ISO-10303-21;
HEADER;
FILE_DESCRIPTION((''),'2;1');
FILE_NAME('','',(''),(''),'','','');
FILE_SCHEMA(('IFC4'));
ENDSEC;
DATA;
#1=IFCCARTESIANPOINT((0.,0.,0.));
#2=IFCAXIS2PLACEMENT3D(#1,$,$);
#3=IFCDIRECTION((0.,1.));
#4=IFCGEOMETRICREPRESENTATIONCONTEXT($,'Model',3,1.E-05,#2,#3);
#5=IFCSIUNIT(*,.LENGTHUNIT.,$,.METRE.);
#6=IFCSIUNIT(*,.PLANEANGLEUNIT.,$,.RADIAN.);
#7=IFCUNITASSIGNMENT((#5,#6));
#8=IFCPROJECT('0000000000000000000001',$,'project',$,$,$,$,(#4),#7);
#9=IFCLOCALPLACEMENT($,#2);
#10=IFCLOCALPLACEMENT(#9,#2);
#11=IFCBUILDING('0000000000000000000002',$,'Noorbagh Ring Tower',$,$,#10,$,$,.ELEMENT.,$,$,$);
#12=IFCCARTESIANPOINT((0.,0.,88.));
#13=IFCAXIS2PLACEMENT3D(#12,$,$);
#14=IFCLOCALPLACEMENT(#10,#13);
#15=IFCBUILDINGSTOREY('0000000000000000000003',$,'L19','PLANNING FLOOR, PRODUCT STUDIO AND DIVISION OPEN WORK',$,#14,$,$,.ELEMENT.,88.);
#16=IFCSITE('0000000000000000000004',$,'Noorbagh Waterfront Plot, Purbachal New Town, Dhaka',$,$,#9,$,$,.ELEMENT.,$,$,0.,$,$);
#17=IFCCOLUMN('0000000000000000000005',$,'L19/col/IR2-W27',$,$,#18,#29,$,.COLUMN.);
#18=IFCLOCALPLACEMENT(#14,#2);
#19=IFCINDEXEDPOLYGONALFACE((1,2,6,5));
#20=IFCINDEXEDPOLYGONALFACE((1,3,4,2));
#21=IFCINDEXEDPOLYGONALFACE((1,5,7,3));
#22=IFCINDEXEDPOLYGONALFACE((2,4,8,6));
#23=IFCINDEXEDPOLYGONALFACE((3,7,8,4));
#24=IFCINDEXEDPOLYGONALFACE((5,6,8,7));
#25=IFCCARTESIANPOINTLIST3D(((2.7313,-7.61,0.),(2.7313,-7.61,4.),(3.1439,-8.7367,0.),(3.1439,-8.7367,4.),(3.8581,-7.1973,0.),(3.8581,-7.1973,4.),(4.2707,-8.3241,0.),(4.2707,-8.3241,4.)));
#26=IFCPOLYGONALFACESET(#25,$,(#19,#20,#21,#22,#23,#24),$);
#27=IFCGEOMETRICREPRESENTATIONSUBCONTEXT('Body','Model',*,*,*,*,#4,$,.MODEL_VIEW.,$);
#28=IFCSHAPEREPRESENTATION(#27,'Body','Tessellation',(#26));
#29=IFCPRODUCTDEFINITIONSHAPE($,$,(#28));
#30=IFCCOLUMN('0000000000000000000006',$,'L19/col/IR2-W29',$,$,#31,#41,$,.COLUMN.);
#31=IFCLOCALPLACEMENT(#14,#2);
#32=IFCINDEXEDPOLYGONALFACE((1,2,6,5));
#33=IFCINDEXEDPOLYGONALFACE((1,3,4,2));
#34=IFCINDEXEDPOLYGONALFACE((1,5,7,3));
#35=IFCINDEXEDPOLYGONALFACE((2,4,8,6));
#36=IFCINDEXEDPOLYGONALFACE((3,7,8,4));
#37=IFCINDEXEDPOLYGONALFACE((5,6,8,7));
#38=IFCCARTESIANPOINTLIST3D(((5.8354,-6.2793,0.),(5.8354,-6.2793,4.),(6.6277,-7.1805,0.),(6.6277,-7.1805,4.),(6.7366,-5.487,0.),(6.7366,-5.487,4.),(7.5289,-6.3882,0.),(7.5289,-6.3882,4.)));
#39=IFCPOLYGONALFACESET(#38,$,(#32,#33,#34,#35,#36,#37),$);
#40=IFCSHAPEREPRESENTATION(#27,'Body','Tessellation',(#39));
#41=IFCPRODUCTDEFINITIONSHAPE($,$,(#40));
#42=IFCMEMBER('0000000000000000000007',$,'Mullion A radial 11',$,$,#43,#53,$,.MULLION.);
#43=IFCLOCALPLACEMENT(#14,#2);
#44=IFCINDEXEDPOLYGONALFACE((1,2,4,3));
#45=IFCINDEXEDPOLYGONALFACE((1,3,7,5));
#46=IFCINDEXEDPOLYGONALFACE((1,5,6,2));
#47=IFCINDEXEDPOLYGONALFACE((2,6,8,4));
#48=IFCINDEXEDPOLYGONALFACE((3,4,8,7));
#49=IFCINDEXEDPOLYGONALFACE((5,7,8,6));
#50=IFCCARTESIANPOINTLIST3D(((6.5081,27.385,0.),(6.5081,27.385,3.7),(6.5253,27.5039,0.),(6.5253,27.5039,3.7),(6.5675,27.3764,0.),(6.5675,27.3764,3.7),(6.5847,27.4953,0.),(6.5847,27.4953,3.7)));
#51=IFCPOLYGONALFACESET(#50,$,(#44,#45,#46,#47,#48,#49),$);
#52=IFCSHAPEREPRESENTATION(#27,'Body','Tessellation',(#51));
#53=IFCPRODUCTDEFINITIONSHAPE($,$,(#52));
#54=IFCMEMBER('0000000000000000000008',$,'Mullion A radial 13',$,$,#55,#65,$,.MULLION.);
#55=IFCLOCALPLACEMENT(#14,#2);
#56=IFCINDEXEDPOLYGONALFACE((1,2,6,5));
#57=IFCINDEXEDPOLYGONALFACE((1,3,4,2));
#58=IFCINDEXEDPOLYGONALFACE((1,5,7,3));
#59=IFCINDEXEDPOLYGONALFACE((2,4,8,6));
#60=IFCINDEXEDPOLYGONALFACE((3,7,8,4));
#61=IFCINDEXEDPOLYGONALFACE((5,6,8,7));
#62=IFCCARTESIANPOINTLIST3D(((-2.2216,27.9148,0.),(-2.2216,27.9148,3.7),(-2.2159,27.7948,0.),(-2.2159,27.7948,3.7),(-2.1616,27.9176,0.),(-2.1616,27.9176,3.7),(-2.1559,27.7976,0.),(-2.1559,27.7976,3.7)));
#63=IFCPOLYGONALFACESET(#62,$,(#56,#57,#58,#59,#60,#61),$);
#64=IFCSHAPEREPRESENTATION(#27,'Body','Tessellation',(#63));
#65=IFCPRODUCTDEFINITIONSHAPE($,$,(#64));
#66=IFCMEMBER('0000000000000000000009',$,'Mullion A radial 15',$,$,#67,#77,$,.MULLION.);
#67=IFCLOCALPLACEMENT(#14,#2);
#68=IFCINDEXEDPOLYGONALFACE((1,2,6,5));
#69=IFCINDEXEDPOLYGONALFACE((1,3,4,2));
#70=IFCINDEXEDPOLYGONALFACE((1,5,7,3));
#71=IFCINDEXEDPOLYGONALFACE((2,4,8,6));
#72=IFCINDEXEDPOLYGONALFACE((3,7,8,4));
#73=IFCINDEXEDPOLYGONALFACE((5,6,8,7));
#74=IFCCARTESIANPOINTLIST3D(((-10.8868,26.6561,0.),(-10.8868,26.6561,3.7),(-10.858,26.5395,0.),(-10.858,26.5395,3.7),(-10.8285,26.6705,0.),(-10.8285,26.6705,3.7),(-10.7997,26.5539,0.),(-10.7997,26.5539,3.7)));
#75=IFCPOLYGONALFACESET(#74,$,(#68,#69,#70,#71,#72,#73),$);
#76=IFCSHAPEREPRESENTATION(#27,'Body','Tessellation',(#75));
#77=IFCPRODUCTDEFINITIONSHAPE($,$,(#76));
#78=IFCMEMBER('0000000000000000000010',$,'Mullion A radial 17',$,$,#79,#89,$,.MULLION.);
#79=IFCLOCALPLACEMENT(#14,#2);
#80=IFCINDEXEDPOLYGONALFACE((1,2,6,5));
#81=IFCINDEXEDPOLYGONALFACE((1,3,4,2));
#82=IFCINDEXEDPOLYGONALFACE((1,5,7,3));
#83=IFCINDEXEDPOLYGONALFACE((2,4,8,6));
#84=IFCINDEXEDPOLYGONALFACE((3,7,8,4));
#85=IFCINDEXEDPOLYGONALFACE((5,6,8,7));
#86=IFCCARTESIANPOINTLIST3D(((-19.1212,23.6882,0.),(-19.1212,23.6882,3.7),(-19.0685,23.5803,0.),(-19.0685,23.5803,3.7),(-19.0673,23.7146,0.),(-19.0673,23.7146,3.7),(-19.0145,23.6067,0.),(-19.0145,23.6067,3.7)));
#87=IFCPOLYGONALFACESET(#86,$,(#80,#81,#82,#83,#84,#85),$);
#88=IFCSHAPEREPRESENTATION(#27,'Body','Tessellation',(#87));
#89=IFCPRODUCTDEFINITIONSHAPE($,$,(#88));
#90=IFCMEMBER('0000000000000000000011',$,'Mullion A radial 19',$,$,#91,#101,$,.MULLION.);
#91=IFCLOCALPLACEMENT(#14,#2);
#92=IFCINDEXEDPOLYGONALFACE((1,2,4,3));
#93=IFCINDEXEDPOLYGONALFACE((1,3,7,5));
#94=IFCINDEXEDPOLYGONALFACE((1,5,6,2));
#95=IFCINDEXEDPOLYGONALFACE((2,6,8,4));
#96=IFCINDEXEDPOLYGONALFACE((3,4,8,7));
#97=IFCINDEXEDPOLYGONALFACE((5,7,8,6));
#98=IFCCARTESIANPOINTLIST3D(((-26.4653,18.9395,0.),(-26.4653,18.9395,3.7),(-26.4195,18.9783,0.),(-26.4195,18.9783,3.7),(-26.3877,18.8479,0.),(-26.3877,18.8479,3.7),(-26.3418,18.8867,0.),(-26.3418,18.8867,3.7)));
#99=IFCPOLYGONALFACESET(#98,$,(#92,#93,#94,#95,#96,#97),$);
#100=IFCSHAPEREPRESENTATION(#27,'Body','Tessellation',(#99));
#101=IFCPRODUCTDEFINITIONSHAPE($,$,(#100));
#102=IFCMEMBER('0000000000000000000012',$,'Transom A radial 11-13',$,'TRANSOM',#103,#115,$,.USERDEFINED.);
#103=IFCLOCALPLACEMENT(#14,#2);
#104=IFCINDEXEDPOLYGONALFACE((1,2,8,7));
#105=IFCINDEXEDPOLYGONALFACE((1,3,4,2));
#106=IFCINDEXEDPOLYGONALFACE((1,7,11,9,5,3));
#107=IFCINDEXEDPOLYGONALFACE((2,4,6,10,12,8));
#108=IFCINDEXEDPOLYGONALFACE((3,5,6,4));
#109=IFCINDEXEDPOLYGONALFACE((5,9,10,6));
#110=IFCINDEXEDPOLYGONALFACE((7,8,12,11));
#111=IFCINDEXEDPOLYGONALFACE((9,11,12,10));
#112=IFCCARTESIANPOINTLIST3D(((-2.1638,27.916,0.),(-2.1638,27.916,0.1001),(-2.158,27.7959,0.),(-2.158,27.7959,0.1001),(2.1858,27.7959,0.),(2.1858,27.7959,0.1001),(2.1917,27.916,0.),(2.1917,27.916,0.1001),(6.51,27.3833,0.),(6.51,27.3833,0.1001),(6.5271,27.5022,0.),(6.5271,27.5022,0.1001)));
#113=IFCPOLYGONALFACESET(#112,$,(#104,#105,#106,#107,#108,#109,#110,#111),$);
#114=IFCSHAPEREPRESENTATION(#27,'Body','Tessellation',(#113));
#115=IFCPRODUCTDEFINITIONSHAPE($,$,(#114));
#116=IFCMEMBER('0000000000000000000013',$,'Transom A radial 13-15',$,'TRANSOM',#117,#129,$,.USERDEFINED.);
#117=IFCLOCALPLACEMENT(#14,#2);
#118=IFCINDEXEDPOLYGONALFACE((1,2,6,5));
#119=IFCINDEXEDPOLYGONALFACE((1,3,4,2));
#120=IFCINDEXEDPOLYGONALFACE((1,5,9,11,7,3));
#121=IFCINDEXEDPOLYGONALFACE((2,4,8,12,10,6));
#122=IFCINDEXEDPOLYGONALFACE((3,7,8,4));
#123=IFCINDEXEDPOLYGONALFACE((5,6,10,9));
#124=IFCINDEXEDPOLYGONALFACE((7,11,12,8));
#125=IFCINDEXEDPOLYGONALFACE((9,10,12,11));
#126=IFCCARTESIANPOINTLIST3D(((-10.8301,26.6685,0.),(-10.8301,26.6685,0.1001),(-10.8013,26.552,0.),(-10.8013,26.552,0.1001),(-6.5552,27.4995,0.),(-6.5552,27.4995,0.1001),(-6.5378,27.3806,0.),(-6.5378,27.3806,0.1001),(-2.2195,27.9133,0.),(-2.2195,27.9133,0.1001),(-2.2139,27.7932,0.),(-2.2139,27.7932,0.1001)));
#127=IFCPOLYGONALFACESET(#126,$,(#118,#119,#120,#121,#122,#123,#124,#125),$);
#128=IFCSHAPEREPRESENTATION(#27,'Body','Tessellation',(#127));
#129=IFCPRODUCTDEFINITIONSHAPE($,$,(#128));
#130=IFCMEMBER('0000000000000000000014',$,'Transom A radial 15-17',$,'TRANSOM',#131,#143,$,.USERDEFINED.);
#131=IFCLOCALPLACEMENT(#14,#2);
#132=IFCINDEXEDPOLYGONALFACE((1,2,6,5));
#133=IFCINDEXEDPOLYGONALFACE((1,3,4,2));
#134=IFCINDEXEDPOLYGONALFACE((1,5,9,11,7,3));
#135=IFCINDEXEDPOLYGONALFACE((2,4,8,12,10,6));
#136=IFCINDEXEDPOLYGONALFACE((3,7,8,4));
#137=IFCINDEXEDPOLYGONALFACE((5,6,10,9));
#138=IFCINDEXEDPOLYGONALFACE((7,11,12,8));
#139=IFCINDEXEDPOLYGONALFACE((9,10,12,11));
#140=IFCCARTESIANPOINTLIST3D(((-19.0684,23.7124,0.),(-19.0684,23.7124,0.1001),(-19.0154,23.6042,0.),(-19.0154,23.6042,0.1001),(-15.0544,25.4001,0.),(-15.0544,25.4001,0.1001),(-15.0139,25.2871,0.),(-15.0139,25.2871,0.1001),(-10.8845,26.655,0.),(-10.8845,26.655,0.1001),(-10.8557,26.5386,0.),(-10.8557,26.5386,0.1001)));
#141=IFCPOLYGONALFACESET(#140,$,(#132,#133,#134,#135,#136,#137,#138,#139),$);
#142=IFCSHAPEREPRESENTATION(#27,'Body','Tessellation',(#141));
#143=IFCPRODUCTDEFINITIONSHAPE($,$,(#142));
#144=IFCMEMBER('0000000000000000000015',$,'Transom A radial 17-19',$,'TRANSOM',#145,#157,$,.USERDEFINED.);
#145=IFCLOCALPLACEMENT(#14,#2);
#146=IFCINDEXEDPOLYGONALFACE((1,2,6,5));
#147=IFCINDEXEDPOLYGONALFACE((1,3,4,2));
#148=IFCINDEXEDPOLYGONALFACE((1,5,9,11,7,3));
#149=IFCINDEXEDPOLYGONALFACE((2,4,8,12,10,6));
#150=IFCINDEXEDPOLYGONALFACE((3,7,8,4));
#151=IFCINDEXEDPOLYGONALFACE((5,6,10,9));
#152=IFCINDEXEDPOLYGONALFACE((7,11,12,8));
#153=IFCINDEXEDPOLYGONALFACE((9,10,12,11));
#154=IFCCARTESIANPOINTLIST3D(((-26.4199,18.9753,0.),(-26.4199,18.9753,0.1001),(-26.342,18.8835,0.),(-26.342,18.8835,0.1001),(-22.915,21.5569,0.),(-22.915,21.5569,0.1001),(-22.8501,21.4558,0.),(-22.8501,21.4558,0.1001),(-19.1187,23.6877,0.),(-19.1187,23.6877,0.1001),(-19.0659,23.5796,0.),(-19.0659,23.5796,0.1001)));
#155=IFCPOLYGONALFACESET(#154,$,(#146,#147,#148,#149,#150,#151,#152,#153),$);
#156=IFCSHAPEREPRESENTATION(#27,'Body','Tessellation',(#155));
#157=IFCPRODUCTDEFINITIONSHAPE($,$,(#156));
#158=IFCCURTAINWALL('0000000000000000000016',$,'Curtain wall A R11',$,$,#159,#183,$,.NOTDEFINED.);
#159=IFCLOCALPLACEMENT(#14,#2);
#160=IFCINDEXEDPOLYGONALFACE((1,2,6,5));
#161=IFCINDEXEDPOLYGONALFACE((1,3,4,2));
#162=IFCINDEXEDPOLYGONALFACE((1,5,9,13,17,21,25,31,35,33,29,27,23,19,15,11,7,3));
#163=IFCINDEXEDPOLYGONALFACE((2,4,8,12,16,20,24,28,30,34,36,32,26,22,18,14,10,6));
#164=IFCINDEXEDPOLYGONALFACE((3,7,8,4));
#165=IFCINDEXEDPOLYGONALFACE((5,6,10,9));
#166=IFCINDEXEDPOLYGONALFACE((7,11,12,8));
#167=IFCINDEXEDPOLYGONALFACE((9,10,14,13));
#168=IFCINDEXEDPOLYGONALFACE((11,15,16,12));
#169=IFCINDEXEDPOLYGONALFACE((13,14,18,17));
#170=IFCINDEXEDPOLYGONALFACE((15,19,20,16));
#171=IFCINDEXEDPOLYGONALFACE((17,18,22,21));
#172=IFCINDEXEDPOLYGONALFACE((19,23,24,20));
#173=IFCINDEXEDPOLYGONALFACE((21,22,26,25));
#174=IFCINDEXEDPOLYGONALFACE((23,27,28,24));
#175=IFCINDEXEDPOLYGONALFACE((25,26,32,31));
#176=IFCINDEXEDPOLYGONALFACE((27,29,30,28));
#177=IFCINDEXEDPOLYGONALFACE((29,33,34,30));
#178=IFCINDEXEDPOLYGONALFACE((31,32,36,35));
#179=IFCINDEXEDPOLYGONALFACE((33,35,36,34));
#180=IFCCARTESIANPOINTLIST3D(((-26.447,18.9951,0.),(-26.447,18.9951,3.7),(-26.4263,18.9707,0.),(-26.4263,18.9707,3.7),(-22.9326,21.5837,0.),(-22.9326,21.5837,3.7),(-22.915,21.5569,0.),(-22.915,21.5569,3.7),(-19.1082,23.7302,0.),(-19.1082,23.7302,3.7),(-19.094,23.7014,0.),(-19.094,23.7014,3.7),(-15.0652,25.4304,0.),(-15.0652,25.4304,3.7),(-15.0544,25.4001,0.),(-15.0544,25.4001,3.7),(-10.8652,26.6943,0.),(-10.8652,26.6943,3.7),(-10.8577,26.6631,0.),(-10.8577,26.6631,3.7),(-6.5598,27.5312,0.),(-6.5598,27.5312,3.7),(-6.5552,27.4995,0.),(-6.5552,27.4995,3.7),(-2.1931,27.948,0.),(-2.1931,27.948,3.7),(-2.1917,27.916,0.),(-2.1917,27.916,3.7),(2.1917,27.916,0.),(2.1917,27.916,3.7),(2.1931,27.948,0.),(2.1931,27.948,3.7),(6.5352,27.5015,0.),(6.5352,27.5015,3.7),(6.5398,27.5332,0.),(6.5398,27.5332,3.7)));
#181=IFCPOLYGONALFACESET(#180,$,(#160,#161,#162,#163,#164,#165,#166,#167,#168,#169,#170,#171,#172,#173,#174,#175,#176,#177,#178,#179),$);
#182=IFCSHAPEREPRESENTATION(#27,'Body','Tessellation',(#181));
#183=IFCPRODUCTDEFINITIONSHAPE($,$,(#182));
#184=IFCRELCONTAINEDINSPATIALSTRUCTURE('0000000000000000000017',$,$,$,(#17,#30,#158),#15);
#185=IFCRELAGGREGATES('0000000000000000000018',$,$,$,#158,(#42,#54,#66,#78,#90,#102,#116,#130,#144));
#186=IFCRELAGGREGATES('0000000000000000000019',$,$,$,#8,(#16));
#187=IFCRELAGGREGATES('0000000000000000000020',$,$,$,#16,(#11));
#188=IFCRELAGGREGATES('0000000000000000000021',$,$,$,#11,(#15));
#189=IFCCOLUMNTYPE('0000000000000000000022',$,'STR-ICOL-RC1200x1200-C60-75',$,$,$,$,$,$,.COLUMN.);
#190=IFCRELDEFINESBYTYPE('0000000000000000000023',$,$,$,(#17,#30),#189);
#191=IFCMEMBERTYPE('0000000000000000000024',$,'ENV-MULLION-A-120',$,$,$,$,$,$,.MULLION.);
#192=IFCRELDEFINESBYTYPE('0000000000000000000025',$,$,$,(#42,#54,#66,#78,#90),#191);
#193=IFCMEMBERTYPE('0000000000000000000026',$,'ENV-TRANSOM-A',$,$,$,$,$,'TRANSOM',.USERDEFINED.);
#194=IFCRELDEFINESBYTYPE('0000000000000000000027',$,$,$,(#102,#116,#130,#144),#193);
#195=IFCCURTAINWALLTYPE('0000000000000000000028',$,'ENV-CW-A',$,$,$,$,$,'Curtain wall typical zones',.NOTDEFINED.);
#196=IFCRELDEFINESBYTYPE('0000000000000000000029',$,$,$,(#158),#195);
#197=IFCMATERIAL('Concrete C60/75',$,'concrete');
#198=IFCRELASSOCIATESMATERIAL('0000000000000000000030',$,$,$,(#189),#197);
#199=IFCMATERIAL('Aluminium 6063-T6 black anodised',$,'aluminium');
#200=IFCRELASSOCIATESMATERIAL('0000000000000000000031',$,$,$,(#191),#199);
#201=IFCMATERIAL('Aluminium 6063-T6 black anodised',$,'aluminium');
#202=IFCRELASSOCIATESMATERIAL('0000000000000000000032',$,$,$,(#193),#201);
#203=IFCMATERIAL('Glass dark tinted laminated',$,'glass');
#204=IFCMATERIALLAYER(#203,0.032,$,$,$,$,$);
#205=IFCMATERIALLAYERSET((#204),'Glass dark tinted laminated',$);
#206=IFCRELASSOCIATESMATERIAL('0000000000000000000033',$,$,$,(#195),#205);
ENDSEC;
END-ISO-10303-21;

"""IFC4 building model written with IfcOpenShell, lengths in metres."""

from ifc_helpers import new_model, si_unit, direction, frame, origin, origin_2d, place, context, subcontext, project, spatial, polyline, rectangle, outline, extrude, material, layer, layer_set, material_profile, profile_set, type_object, element, aggregate, save


model = new_model("IFC4")

# Units and contexts
model_context = context("Model", 3, precision=1e-05, world=origin(), true_north=direction((0.0, 1.0)))
body_context = subcontext(model_context, "Body", "Model", "MODEL_VIEW")
ifc_project = project(units=[si_unit("LENGTHUNIT", "METRE"), si_unit("PLANEANGLEUNIT", "RADIAN")], contexts=[model_context])

# Site, building, storey
site_placement = place(None, origin())
site = spatial("IfcSite", under=ifc_project, at=site_placement, Name="Noorbagh Waterfront Plot, Purbachal New Town, Dhaka", CompositionType="ELEMENT", RefElevation=0.0)
building_placement = place(site_placement, origin())
building = spatial("IfcBuilding", under=site, at=building_placement, Name="Noorbagh Ring Tower", CompositionType="ELEMENT")
storey_placement = place(building_placement, frame((0.0, 0.0, 88.0)))
storey = spatial("IfcBuildingStorey", under=building, at=storey_placement, Name="L19", Description="PLANNING FLOOR, PRODUCT STUDIO AND DIVISION OPEN WORK", CompositionType="ELEMENT", Elevation=88.0)

# Columns
ifc_material_1 = material(Name="Concrete C60/75", Category="concrete")
ifc_material_profile_1 = material_profile(ifc_material_1, rectangle(XDim=1.2, YDim=1.2, at=origin_2d()), Name="RC1200x1200")
ifc_profile_set_1 = profile_set([ifc_material_profile_1], Name="Concrete C60/75")
column_type = type_object("IfcColumnType", Name="STR-ICOL-RC1200x1200-C60-75", PredefinedType="COLUMN", material=ifc_profile_set_1)
for number, where, z_axis, x_axis, name in (
    (1, (3.501, -7.967, 0.0), (0.0, 0.0, 1.0), (0.93902, 0.343864, 0.0), "L19/col/IR2-W27"),
    (2, (6.6821, -6.3337, 0.0), (0.0, 0.0, 1.0), (0.751022, 0.660277, 0.0), "L19/col/IR2-W29"),
):
    element("IfcColumn", number, at=place(storey_placement, frame(where, z_axis=z_axis, x_axis=x_axis)), inside=storey, type_object=column_type, Name=name, PredefinedType="COLUMN", context=body_context, shape_type="SweptSolid", body=[
        extrude(rectangle(XDim=1.2, YDim=1.2, at=origin_2d()), origin(), (0.0, 0.0, 1.0), 4.0),
    ])

# Members
ifc_material_2 = material(Name="Aluminium 6063-T6 black anodised", Category="aluminium")
ifc_material_profile_2 = material_profile(ifc_material_2, rectangle(XDim=0.1201, YDim=0.0601, at=origin_2d()), Name="120x60")
ifc_profile_set_2 = profile_set([ifc_material_profile_2], Name="Aluminium 6063-T6 black anodised")
member_type_1 = type_object("IfcMemberType", Name="ENV-MULLION-A-120", PredefinedType="MULLION", material=ifc_profile_set_2)
member_1_placement = place(storey_placement, frame((6.5464, 27.4402, 0.0), z_axis=(0.0, 0.0, 1.0), x_axis=(-0.143082, -0.989711, 0.0)))
member_1 = element("IfcMember", 3, at=member_1_placement, type_object=member_type_1, Name="Mullion A radial 11", PredefinedType="MULLION", context=body_context, shape_type="SweptSolid", body=[
    extrude(rectangle(XDim=0.1201, YDim=0.0601, at=origin_2d()), origin(), (0.0, 0.0, 1.0), 3.7),
])
member_2_placement = place(storey_placement, frame((-2.1887, 27.8562, 0.0), z_axis=(0.0, 0.0, 1.0), x_axis=(0.047558, -0.998868, 0.0)))
member_2 = element("IfcMember", 4, at=member_2_placement, type_object=member_type_1, Name="Mullion A radial 13", PredefinedType="MULLION", context=body_context, shape_type="SweptSolid", body=[
    extrude(rectangle(XDim=0.1201, YDim=0.0601, at=origin_2d()), origin(), (0.0, 0.0, 1.0), 3.7),
])
member_3_placement = place(storey_placement, frame((-10.8433, 26.605, 0.0), z_axis=(0.0, 0.0, 1.0), x_axis=(0.239799, -0.970823, 0.0)))
member_3 = element("IfcMember", 5, at=member_3_placement, type_object=member_type_1, Name="Mullion A radial 15", PredefinedType="MULLION", context=body_context, shape_type="SweptSolid", body=[
    extrude(rectangle(XDim=0.1201, YDim=0.0601, at=origin_2d()), origin(), (0.0, 0.0, 1.0), 3.7),
])
member_4_placement = place(storey_placement, frame((-19.0679, 23.6475, 0.0), z_axis=(0.0, 0.0, 1.0), x_axis=(0.439238, -0.898371, 0.0)))
member_4 = element("IfcMember", 6, at=member_4_placement, type_object=member_type_1, Name="Mullion A radial 17", PredefinedType="MULLION", context=body_context, shape_type="SweptSolid", body=[
    extrude(rectangle(XDim=0.1201, YDim=0.0601, at=origin_2d()), origin(), (0.0, 0.0, 1.0), 3.7),
])
member_5_placement = place(storey_placement, frame((-26.4036, 18.9131, 0.0), z_axis=(0.0, 0.0, 1.0), x_axis=(0.646451, -0.762955, 0.0)))
member_5 = element("IfcMember", 7, at=member_5_placement, type_object=member_type_1, Name="Mullion A radial 19", PredefinedType="MULLION", context=body_context, shape_type="SweptSolid", body=[
    extrude(rectangle(XDim=0.1201, YDim=0.0601, at=origin_2d()), origin(), (0.0, 0.0, 1.0), 3.7),
])
ifc_material_3 = material(Name="Aluminium 6063-T6 black anodised", Category="aluminium")
member_type_2 = type_object("IfcMemberType", Name="ENV-TRANSOM-A", ElementType="TRANSOM", PredefinedType="USERDEFINED", material=ifc_material_3)
member_6_placement = place(storey_placement, origin())
member_6 = element("IfcMember", 8, at=member_6_placement, type_object=member_type_2, Name="Transom A radial 11-13", ObjectType="TRANSOM", PredefinedType="USERDEFINED", context=body_context, shape_type="SweptSolid", body=[
    extrude(outline(polyline([(6.5271, 27.5022), (2.1917, 27.916), (-2.1638, 27.916), (-2.158, 27.7959), (2.1858, 27.7959), (6.51, 27.3833), (6.5271, 27.5022)])), origin(), (0.0, 0.0, 1.0), 0.1001),
])
member_7_placement = place(storey_placement, origin())
member_7 = element("IfcMember", 9, at=member_7_placement, type_object=member_type_2, Name="Transom A radial 13-15", ObjectType="TRANSOM", PredefinedType="USERDEFINED", context=body_context, shape_type="SweptSolid", body=[
    extrude(outline(polyline([(-2.2195, 27.9133), (-6.5552, 27.4995), (-10.8301, 26.6685), (-10.8013, 26.552), (-6.5378, 27.3806), (-2.2139, 27.7932), (-2.2195, 27.9133)])), origin(), (0.0, 0.0, 1.0), 0.1001),
])
member_8_placement = place(storey_placement, origin())
member_8 = element("IfcMember", 10, at=member_8_placement, type_object=member_type_2, Name="Transom A radial 15-17", ObjectType="TRANSOM", PredefinedType="USERDEFINED", context=body_context, shape_type="SweptSolid", body=[
    extrude(outline(polyline([(-10.8845, 26.655), (-15.0544, 25.4001), (-19.0684, 23.7124), (-19.0154, 23.6042), (-15.0139, 25.2871), (-10.8557, 26.5386), (-10.8845, 26.655)])), origin(), (0.0, 0.0, 1.0), 0.1001),
])
member_9_placement = place(storey_placement, origin())
member_9 = element("IfcMember", 11, at=member_9_placement, type_object=member_type_2, Name="Transom A radial 17-19", ObjectType="TRANSOM", PredefinedType="USERDEFINED", context=body_context, shape_type="SweptSolid", body=[
    extrude(outline(polyline([(-19.1187, 23.6877), (-22.915, 21.5569), (-26.4199, 18.9753), (-26.342, 18.8835), (-22.8501, 21.4558), (-19.0659, 23.5796), (-19.1187, 23.6877)])), origin(), (0.0, 0.0, 1.0), 0.1001),
])

# Curtain wall
ifc_material_4 = material(Name="Glass dark tinted laminated", Category="glass")
ifc_layer_1 = layer(ifc_material_4, 0.032)
ifc_layer_set_1 = layer_set([ifc_layer_1], Name="Glass dark tinted laminated")
curtain_wall_type = type_object("IfcCurtainWallType", Name="ENV-CW-A", ElementType="Curtain wall typical zones", PredefinedType="NOTDEFINED", material=ifc_layer_set_1)
curtain_wall_1_placement = place(storey_placement, origin())
curtain_wall_1 = element("IfcCurtainWall", 12, at=curtain_wall_1_placement, inside=storey, type_object=curtain_wall_type, Name="Curtain wall A R11", PredefinedType="NOTDEFINED", context=body_context, shape_type="SweptSolid", body=[
    extrude(outline(polyline([(6.5398, 27.5332), (2.1931, 27.948), (-2.1931, 27.948), (-6.5598, 27.5312), (-10.8652, 26.6943), (-15.0652, 25.4304), (-19.1082, 23.7302), (-22.9326, 21.5837), (-26.447, 18.9951), (-26.4263, 18.9707), (-22.915, 21.5569), (-19.094, 23.7014), (-15.0544, 25.4001), (-10.8577, 26.6631), (-6.5552, 27.4995), (-2.1917, 27.916), (2.1917, 27.916), (6.5352, 27.5015), (6.5398, 27.5332)])), origin(), (0.0, 0.0, 1.0), 3.7),
])
aggregate(curtain_wall_1, [member_1, member_2, member_3, member_4, member_5, member_6, member_7, member_8, member_9])

save(model, "model.ifc")
